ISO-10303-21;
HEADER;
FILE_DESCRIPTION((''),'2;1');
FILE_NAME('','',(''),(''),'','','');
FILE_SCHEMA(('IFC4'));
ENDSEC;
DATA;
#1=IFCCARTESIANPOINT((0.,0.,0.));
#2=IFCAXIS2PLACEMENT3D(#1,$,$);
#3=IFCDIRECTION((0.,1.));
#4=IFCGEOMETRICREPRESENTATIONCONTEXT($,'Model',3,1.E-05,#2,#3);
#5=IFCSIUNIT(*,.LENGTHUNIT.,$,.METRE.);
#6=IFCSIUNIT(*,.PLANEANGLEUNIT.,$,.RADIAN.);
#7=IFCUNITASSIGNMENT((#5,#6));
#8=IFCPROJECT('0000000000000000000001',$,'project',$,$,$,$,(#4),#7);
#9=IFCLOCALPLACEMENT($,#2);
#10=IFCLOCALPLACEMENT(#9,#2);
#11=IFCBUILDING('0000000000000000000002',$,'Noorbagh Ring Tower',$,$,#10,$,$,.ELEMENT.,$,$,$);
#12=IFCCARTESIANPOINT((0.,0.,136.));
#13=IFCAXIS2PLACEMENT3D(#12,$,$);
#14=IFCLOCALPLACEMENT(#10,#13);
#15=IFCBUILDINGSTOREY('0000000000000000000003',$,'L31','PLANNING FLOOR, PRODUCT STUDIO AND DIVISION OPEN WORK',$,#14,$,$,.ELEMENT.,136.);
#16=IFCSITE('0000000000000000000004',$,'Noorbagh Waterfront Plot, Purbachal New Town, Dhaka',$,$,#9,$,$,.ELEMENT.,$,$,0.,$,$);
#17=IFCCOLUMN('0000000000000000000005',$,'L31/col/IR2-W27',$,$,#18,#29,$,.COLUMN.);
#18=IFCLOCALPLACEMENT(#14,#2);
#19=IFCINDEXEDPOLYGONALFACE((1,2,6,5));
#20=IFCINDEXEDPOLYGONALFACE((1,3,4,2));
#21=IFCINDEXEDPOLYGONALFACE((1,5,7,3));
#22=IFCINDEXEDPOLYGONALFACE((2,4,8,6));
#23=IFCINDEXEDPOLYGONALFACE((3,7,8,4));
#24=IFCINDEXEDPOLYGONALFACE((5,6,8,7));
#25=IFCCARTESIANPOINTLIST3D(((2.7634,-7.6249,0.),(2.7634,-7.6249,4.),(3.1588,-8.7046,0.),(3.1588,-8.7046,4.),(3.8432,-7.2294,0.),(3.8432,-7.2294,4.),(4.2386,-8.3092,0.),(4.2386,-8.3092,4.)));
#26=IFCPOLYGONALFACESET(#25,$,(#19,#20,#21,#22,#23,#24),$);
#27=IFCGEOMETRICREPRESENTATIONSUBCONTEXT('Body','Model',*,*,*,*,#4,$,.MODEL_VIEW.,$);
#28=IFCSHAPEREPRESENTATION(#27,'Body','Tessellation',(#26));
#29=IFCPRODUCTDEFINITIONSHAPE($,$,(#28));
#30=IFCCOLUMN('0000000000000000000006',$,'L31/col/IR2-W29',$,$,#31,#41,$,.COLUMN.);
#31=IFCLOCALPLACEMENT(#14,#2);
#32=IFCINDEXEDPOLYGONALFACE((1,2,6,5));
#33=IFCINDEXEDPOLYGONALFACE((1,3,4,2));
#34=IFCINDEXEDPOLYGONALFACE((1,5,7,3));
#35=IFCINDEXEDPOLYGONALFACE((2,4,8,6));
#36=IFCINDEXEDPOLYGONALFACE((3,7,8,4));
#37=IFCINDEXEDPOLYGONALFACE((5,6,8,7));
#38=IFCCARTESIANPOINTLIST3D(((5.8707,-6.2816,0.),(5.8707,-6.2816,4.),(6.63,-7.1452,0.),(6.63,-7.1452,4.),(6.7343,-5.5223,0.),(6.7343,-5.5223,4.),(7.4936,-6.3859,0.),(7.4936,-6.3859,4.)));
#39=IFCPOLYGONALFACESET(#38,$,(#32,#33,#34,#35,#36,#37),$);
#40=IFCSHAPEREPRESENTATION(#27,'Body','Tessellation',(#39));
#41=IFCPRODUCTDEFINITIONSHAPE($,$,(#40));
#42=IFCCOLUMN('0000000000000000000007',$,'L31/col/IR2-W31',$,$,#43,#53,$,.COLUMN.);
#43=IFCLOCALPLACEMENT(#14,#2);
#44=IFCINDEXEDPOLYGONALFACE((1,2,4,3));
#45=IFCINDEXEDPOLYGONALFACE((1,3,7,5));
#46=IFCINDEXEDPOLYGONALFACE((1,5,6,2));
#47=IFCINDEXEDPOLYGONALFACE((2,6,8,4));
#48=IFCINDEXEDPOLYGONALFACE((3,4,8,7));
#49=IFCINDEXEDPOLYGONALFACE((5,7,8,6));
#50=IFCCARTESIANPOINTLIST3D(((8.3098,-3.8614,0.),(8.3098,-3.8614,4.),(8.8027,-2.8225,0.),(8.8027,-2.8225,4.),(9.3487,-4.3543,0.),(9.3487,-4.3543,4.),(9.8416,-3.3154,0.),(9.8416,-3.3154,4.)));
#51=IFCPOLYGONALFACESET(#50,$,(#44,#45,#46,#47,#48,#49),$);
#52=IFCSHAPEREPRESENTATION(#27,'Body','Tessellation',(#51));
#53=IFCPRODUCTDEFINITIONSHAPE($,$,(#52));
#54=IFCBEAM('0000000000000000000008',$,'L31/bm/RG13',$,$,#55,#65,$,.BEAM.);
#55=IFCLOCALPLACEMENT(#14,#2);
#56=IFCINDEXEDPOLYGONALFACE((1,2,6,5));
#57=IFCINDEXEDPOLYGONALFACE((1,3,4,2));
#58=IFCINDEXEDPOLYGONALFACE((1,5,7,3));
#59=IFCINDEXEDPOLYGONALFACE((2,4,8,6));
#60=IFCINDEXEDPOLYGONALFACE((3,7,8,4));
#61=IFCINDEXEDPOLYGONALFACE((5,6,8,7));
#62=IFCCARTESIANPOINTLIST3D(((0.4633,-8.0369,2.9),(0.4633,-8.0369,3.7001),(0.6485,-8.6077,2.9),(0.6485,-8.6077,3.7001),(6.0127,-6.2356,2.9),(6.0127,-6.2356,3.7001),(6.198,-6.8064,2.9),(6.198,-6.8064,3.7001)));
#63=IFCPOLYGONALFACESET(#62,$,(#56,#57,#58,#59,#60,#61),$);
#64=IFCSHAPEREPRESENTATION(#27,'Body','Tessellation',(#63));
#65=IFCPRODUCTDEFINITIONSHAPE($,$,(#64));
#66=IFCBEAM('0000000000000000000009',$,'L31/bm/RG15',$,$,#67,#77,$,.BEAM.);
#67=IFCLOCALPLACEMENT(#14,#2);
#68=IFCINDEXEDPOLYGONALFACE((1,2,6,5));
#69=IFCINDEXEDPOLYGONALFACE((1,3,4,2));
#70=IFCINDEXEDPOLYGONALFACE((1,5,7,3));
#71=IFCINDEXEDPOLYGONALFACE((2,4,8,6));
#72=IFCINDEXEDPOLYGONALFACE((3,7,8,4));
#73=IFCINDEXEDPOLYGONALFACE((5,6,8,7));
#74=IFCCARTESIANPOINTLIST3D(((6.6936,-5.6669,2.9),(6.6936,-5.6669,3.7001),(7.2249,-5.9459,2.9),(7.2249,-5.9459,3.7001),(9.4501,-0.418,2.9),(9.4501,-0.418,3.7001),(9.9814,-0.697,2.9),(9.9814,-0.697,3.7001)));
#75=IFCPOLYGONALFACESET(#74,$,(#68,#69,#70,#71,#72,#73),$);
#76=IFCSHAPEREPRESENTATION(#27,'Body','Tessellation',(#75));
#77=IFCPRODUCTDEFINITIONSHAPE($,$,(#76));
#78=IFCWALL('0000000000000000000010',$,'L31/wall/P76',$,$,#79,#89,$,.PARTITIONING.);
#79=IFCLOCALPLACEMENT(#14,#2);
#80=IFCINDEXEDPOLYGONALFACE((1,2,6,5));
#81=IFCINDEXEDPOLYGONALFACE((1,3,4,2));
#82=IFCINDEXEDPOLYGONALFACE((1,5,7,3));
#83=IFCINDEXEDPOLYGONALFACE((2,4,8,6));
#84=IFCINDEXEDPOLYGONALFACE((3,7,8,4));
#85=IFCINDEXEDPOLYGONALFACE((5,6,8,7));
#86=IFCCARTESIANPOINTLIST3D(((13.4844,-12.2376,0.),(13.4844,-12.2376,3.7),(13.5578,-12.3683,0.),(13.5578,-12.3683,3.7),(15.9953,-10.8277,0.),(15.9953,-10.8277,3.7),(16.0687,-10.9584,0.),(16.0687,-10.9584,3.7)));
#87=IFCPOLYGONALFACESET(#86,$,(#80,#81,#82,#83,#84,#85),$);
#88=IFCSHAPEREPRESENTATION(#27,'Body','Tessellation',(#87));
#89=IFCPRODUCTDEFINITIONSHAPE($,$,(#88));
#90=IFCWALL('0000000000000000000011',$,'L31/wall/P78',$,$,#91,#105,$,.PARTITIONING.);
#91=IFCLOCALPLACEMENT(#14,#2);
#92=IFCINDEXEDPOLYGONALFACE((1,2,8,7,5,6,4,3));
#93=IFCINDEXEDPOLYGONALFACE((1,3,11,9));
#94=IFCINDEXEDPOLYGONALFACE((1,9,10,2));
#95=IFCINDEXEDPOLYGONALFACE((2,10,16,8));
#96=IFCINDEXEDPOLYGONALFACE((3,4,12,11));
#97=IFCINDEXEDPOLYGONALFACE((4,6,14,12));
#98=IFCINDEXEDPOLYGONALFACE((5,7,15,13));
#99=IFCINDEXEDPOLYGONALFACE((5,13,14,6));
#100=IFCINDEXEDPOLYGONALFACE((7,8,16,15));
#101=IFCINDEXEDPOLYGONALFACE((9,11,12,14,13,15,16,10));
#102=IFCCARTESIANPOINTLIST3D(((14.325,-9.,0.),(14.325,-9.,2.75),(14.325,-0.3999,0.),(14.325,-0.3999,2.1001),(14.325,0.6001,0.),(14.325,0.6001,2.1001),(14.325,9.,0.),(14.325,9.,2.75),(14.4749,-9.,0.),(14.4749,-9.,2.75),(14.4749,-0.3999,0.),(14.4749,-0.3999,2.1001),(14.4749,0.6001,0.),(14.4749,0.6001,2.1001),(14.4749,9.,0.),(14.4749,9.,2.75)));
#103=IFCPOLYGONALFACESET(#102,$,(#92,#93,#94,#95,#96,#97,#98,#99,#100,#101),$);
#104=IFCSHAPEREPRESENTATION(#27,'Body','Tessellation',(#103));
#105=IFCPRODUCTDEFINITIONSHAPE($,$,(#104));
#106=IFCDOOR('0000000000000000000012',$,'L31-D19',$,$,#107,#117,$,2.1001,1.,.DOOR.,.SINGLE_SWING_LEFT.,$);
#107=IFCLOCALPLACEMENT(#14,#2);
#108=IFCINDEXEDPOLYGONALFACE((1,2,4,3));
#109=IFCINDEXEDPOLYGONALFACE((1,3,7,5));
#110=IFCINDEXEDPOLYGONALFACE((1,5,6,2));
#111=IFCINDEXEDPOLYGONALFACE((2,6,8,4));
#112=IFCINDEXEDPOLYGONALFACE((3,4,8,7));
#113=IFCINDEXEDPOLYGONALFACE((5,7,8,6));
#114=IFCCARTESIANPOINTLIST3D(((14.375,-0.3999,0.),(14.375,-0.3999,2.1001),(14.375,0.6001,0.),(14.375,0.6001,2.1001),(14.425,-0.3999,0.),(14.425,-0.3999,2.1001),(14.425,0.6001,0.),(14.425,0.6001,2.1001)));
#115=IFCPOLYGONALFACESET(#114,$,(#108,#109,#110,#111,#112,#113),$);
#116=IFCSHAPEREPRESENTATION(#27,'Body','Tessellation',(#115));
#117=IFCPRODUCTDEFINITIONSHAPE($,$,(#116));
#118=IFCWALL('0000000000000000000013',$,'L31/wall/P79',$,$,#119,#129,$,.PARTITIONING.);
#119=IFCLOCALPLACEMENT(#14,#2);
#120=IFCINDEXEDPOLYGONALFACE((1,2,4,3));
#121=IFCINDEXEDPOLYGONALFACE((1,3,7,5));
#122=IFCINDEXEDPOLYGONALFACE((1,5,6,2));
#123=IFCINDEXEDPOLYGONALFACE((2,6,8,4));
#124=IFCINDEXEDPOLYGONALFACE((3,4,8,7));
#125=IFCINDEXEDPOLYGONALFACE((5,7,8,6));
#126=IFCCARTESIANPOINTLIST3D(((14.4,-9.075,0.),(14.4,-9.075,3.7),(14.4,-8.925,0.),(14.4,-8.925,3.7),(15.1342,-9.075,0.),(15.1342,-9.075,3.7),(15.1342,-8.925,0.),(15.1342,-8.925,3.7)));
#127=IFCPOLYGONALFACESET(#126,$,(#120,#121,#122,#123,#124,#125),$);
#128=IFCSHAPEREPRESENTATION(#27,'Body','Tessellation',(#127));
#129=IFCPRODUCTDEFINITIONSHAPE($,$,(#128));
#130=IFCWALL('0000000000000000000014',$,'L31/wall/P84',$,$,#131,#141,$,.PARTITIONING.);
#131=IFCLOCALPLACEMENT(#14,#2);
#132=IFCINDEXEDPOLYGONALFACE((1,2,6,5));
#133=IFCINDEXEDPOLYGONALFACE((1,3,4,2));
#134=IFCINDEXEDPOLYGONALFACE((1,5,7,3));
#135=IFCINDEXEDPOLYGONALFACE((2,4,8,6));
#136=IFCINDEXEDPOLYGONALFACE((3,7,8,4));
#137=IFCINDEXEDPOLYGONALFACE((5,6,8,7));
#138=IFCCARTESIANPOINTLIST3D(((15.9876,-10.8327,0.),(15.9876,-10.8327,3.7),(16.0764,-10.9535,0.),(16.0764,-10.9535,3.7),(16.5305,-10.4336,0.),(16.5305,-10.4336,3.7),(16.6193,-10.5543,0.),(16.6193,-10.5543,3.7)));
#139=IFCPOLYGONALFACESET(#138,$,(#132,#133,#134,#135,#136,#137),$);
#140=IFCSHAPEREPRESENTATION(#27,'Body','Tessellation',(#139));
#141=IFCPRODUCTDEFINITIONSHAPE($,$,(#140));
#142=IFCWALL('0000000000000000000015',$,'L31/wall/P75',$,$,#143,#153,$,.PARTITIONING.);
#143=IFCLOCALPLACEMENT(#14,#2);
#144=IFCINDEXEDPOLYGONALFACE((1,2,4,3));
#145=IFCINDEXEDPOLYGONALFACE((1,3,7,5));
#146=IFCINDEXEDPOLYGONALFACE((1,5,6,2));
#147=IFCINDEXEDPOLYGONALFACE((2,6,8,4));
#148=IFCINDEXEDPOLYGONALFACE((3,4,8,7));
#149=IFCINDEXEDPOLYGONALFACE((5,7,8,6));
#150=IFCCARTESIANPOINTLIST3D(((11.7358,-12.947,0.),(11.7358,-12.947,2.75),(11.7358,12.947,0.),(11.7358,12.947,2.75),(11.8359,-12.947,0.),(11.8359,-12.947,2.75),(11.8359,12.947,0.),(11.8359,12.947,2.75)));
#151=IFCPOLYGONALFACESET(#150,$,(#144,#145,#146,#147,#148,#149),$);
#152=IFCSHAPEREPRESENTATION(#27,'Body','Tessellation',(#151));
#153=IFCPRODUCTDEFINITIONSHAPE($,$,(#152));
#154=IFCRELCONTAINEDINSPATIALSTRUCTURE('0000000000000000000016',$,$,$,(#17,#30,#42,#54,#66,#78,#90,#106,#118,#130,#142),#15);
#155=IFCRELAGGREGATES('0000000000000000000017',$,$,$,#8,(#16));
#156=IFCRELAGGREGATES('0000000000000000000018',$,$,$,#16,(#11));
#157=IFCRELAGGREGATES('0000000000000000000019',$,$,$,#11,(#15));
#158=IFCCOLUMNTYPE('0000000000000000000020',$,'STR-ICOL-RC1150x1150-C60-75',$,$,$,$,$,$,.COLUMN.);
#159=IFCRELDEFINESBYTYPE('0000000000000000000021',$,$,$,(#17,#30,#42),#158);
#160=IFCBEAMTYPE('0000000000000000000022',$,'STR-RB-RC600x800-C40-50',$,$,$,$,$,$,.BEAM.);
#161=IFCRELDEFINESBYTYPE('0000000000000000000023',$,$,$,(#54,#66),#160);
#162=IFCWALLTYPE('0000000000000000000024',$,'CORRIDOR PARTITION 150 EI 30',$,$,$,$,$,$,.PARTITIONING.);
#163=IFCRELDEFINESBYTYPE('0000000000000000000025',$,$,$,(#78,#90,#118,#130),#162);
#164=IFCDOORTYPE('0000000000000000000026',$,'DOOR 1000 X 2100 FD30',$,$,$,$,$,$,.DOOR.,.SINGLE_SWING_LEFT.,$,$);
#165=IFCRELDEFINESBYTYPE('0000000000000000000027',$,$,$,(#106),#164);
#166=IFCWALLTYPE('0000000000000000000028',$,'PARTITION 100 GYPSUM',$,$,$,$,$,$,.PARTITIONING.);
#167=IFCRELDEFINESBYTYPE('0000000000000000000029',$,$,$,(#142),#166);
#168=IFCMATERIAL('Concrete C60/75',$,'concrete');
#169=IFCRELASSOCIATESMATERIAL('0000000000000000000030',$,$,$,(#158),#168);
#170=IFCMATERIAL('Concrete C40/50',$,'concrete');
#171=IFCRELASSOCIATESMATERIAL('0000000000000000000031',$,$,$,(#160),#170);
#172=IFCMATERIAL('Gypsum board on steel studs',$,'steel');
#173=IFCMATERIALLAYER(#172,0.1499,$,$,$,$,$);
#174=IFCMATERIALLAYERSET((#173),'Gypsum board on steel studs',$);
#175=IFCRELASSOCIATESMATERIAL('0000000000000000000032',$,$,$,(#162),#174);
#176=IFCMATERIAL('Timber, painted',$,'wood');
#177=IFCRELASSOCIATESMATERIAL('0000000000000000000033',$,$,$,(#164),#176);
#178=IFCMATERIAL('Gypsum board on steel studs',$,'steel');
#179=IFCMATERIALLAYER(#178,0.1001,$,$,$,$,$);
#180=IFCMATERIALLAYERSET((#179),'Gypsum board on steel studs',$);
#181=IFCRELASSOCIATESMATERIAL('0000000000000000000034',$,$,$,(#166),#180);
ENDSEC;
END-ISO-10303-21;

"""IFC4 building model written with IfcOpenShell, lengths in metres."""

from ifc_helpers import new_model, si_unit, direction, frame, frame_2d, origin, origin_2d, place, context, subcontext, project, spatial, rectangle, extrude, material, layer, layer_set, material_profile, profile_set, type_object, element, fill, save


model = new_model("IFC4")

# Units and contexts
model_context = context("Model", 3, precision=1e-05, world=origin(), true_north=direction((0.0, 1.0)))
body_context = subcontext(model_context, "Body", "Model", "MODEL_VIEW")
ifc_project = project(units=[si_unit("LENGTHUNIT", "METRE"), si_unit("PLANEANGLEUNIT", "RADIAN")], contexts=[model_context])

# Site, building, storey
site_placement = place(None, origin())
site = spatial("IfcSite", under=ifc_project, at=site_placement, Name="Noorbagh Waterfront Plot, Purbachal New Town, Dhaka", CompositionType="ELEMENT", RefElevation=0.0)
building_placement = place(site_placement, origin())
building = spatial("IfcBuilding", under=site, at=building_placement, Name="Noorbagh Ring Tower", CompositionType="ELEMENT")
storey_placement = place(building_placement, frame((0.0, 0.0, 136.0)))
storey = spatial("IfcBuildingStorey", under=building, at=storey_placement, Name="L31", Description="PLANNING FLOOR, PRODUCT STUDIO AND DIVISION OPEN WORK", CompositionType="ELEMENT", Elevation=136.0)

# Columns
ifc_material_1 = material(Name="Concrete C60/75", Category="concrete")
ifc_material_profile_1 = material_profile(ifc_material_1, rectangle(XDim=1.1499, YDim=1.1499, at=origin_2d()), Name="RC1150x1150")
ifc_profile_set_1 = profile_set([ifc_material_profile_1], Name="Concrete C60/75")
column_type = type_object("IfcColumnType", Name="STR-ICOL-RC1150x1150-C60-75", PredefinedType="COLUMN", material=ifc_profile_set_1)
for number, where, z_axis, x_axis, name in (
    (1, (3.501, -7.967, 0.0), (0.0, 0.0, 1.0), (0.93902, 0.343864, 0.0), "L31/col/IR2-W27"),
    (2, (6.6821, -6.3337, 0.0), (0.0, 0.0, 1.0), (0.751022, 0.660277, 0.0), "L31/col/IR2-W29"),
    (3, (9.0757, -3.5884, 0.0), (0.0, 0.0, 1.0), (0.428667, 0.903463, 0.0), "L31/col/IR2-W31"),
):
    element("IfcColumn", number, at=place(storey_placement, frame(where, z_axis=z_axis, x_axis=x_axis)), inside=storey, type_object=column_type, Name=name, PredefinedType="COLUMN", context=body_context, shape_type="SweptSolid", body=[
        extrude(rectangle(XDim=1.1499, YDim=1.1499, at=origin_2d()), origin(), (0.0, 0.0, 1.0), 4.0),
    ])

# Beams
ifc_material_2 = material(Name="Concrete C40/50", Category="concrete")
ifc_material_profile_2 = material_profile(ifc_material_2, rectangle(XDim=0.6001, YDim=0.8, at=origin_2d()), Name="RC600x800")
ifc_profile_set_2 = profile_set([ifc_material_profile_2], Name="Concrete C40/50")
beam_type = type_object("IfcBeamType", Name="STR-RB-RC600x800-C40-50", PredefinedType="BEAM", material=ifc_profile_set_2)
beam_1_placement = place(storey_placement, frame((0.5559, -8.3223, 3.3), z_axis=(0.951152, 0.308724, 0.0), x_axis=(-0.308724, 0.951152, 0.0)))
element("IfcBeam", 4, at=beam_1_placement, inside=storey, type_object=beam_type, Name="L31/bm/RG13", PredefinedType="BEAM", context=body_context, shape_type="SweptSolid", body=[
    extrude(rectangle(XDim=0.6001, YDim=0.8, at=origin_2d()), origin(), (0.0, 0.0, 1.0), 5.8345),
])
beam_2_placement = place(storey_placement, frame((6.9592, -5.8064, 3.3), z_axis=(0.464947, 0.885339, 0.0), x_axis=(-0.885339, 0.464947, 0.0)))
element("IfcBeam", 5, at=beam_2_placement, inside=storey, type_object=beam_type, Name="L31/bm/RG15", PredefinedType="BEAM", context=body_context, shape_type="SweptSolid", body=[
    extrude(rectangle(XDim=0.6001, YDim=0.8, at=origin_2d()), origin(), (0.0, 0.0, 1.0), 5.9287),
])

# Wall
ifc_material_3 = material(Name="Gypsum board on steel studs", Category="steel")
ifc_layer_1 = layer(ifc_material_3, 0.1499)
ifc_layer_set_1 = layer_set([ifc_layer_1], Name="Gypsum board on steel studs")
wall_type_1 = type_object("IfcWallType", Name="CORRIDOR PARTITION 150 EI 30", PredefinedType="PARTITIONING", material=ifc_layer_set_1)
wall_1_placement = place(storey_placement, frame((13.521, -12.303, 0.0), z_axis=(0.0, 0.0, 1.0), x_axis=(0.871949, 0.489597, 0.0)))
element("IfcWall", 6, at=wall_1_placement, inside=storey, type_object=wall_type_1, Name="L31/wall/P76", PredefinedType="PARTITIONING", context=body_context, shape_type="SweptSolid", body=[
    extrude(rectangle(XDim=2.8796, YDim=0.1499, at=frame_2d((1.4399, 0.0))), origin(), (0.0, 0.0, 1.0), 3.7),
])

# Wall, opening, door
wall_2_placement = place(storey_placement, frame((14.3999, -9.0, 0.0), z_axis=(0.0, 0.0, 1.0), x_axis=(0.0, 1.0, 0.0)))
wall_2 = element("IfcWall", 7, at=wall_2_placement, inside=storey, type_object=wall_type_1, Name="L31/wall/P78", PredefinedType="PARTITIONING", context=body_context, shape_type="SweptSolid", body=[
    extrude(rectangle(XDim=18.0, YDim=0.1499, at=frame_2d((9.0, 0.0))), origin(), (0.0, 0.0, 1.0), 2.75),
])
opening_placement = place(wall_2_placement, frame((8.6001, 0.0, 0.0)))
opening = element("IfcOpeningElement", 8, at=opening_placement, cuts=wall_2, PredefinedType="OPENING", context=body_context, shape_type="SweptSolid", body=[
    extrude(rectangle(XDim=1.0, YDim=2.1001, at=frame_2d((0.5, 1.05))), frame((0.0, 0.085, 0.0), z_axis=(0.0, -1.0, 0.0), x_axis=(1.0, 0.0, 0.0)), (0.0, 0.0, 1.0), 0.1699),
])
ifc_material_4 = material(Name="Timber, painted", Category="wood")
door_type = type_object("IfcDoorType", Name="DOOR 1000 X 2100 FD30", OperationType="SINGLE_SWING_LEFT", PredefinedType="DOOR", material=ifc_material_4)
door_placement = place(opening_placement, origin())
door = element("IfcDoor", 9, at=door_placement, inside=storey, type_object=door_type, Name="L31-D19", OperationType="SINGLE_SWING_LEFT", OverallHeight=2.1001, OverallWidth=1.0, PredefinedType="DOOR", context=body_context, shape_type="SweptSolid", body=[
    extrude(rectangle(XDim=1.0, YDim=2.1001, at=frame_2d((0.5, 1.05))), frame((0.0, 0.0249, 0.0), z_axis=(0.0, -1.0, 0.0), x_axis=(1.0, 0.0, 0.0)), (0.0, 0.0, 1.0), 0.05),
])
fill(opening, door)

# Walls
wall_3_placement = place(storey_placement, frame((14.3999, -9.0, 0.0), z_axis=(0.0, 0.0, 1.0), x_axis=(1.0, 0.0, 0.0)))
element("IfcWall", 10, at=wall_3_placement, inside=storey, type_object=wall_type_1, Name="L31/wall/P79", PredefinedType="PARTITIONING", context=body_context, shape_type="SweptSolid", body=[
    extrude(rectangle(XDim=0.7341, YDim=0.1499, at=frame_2d((0.3672, 0.0))), origin(), (0.0, 0.0, 1.0), 3.7),
])
wall_4_placement = place(storey_placement, frame((16.032, -10.8931, 0.0), z_axis=(0.0, 0.0, 1.0), x_axis=(0.805702, 0.592321, 0.0)))
element("IfcWall", 11, at=wall_4_placement, inside=storey, type_object=wall_type_1, Name="L31/wall/P84", PredefinedType="PARTITIONING", context=body_context, shape_type="SweptSolid", body=[
    extrude(rectangle(XDim=0.6738, YDim=0.1499, at=frame_2d((0.3369, 0.0))), origin(), (0.0, 0.0, 1.0), 3.7),
])
ifc_material_5 = material(Name="Gypsum board on steel studs", Category="steel")
ifc_layer_2 = layer(ifc_material_5, 0.1001)
ifc_layer_set_2 = layer_set([ifc_layer_2], Name="Gypsum board on steel studs")
wall_type_2 = type_object("IfcWallType", Name="PARTITION 100 GYPSUM", PredefinedType="PARTITIONING", material=ifc_layer_set_2)
wall_5_placement = place(storey_placement, frame((11.7859, -12.947, 0.0), z_axis=(0.0, 0.0, 1.0), x_axis=(0.0, 1.0, 0.0)))
element("IfcWall", 12, at=wall_5_placement, inside=storey, type_object=wall_type_2, Name="L31/wall/P75", PredefinedType="PARTITIONING", context=body_context, shape_type="SweptSolid", body=[
    extrude(rectangle(XDim=25.894, YDim=0.1001, at=frame_2d((12.947, 0.0))), origin(), (0.0, 0.0, 1.0), 2.75),
])

save(model, "model.ifc")
